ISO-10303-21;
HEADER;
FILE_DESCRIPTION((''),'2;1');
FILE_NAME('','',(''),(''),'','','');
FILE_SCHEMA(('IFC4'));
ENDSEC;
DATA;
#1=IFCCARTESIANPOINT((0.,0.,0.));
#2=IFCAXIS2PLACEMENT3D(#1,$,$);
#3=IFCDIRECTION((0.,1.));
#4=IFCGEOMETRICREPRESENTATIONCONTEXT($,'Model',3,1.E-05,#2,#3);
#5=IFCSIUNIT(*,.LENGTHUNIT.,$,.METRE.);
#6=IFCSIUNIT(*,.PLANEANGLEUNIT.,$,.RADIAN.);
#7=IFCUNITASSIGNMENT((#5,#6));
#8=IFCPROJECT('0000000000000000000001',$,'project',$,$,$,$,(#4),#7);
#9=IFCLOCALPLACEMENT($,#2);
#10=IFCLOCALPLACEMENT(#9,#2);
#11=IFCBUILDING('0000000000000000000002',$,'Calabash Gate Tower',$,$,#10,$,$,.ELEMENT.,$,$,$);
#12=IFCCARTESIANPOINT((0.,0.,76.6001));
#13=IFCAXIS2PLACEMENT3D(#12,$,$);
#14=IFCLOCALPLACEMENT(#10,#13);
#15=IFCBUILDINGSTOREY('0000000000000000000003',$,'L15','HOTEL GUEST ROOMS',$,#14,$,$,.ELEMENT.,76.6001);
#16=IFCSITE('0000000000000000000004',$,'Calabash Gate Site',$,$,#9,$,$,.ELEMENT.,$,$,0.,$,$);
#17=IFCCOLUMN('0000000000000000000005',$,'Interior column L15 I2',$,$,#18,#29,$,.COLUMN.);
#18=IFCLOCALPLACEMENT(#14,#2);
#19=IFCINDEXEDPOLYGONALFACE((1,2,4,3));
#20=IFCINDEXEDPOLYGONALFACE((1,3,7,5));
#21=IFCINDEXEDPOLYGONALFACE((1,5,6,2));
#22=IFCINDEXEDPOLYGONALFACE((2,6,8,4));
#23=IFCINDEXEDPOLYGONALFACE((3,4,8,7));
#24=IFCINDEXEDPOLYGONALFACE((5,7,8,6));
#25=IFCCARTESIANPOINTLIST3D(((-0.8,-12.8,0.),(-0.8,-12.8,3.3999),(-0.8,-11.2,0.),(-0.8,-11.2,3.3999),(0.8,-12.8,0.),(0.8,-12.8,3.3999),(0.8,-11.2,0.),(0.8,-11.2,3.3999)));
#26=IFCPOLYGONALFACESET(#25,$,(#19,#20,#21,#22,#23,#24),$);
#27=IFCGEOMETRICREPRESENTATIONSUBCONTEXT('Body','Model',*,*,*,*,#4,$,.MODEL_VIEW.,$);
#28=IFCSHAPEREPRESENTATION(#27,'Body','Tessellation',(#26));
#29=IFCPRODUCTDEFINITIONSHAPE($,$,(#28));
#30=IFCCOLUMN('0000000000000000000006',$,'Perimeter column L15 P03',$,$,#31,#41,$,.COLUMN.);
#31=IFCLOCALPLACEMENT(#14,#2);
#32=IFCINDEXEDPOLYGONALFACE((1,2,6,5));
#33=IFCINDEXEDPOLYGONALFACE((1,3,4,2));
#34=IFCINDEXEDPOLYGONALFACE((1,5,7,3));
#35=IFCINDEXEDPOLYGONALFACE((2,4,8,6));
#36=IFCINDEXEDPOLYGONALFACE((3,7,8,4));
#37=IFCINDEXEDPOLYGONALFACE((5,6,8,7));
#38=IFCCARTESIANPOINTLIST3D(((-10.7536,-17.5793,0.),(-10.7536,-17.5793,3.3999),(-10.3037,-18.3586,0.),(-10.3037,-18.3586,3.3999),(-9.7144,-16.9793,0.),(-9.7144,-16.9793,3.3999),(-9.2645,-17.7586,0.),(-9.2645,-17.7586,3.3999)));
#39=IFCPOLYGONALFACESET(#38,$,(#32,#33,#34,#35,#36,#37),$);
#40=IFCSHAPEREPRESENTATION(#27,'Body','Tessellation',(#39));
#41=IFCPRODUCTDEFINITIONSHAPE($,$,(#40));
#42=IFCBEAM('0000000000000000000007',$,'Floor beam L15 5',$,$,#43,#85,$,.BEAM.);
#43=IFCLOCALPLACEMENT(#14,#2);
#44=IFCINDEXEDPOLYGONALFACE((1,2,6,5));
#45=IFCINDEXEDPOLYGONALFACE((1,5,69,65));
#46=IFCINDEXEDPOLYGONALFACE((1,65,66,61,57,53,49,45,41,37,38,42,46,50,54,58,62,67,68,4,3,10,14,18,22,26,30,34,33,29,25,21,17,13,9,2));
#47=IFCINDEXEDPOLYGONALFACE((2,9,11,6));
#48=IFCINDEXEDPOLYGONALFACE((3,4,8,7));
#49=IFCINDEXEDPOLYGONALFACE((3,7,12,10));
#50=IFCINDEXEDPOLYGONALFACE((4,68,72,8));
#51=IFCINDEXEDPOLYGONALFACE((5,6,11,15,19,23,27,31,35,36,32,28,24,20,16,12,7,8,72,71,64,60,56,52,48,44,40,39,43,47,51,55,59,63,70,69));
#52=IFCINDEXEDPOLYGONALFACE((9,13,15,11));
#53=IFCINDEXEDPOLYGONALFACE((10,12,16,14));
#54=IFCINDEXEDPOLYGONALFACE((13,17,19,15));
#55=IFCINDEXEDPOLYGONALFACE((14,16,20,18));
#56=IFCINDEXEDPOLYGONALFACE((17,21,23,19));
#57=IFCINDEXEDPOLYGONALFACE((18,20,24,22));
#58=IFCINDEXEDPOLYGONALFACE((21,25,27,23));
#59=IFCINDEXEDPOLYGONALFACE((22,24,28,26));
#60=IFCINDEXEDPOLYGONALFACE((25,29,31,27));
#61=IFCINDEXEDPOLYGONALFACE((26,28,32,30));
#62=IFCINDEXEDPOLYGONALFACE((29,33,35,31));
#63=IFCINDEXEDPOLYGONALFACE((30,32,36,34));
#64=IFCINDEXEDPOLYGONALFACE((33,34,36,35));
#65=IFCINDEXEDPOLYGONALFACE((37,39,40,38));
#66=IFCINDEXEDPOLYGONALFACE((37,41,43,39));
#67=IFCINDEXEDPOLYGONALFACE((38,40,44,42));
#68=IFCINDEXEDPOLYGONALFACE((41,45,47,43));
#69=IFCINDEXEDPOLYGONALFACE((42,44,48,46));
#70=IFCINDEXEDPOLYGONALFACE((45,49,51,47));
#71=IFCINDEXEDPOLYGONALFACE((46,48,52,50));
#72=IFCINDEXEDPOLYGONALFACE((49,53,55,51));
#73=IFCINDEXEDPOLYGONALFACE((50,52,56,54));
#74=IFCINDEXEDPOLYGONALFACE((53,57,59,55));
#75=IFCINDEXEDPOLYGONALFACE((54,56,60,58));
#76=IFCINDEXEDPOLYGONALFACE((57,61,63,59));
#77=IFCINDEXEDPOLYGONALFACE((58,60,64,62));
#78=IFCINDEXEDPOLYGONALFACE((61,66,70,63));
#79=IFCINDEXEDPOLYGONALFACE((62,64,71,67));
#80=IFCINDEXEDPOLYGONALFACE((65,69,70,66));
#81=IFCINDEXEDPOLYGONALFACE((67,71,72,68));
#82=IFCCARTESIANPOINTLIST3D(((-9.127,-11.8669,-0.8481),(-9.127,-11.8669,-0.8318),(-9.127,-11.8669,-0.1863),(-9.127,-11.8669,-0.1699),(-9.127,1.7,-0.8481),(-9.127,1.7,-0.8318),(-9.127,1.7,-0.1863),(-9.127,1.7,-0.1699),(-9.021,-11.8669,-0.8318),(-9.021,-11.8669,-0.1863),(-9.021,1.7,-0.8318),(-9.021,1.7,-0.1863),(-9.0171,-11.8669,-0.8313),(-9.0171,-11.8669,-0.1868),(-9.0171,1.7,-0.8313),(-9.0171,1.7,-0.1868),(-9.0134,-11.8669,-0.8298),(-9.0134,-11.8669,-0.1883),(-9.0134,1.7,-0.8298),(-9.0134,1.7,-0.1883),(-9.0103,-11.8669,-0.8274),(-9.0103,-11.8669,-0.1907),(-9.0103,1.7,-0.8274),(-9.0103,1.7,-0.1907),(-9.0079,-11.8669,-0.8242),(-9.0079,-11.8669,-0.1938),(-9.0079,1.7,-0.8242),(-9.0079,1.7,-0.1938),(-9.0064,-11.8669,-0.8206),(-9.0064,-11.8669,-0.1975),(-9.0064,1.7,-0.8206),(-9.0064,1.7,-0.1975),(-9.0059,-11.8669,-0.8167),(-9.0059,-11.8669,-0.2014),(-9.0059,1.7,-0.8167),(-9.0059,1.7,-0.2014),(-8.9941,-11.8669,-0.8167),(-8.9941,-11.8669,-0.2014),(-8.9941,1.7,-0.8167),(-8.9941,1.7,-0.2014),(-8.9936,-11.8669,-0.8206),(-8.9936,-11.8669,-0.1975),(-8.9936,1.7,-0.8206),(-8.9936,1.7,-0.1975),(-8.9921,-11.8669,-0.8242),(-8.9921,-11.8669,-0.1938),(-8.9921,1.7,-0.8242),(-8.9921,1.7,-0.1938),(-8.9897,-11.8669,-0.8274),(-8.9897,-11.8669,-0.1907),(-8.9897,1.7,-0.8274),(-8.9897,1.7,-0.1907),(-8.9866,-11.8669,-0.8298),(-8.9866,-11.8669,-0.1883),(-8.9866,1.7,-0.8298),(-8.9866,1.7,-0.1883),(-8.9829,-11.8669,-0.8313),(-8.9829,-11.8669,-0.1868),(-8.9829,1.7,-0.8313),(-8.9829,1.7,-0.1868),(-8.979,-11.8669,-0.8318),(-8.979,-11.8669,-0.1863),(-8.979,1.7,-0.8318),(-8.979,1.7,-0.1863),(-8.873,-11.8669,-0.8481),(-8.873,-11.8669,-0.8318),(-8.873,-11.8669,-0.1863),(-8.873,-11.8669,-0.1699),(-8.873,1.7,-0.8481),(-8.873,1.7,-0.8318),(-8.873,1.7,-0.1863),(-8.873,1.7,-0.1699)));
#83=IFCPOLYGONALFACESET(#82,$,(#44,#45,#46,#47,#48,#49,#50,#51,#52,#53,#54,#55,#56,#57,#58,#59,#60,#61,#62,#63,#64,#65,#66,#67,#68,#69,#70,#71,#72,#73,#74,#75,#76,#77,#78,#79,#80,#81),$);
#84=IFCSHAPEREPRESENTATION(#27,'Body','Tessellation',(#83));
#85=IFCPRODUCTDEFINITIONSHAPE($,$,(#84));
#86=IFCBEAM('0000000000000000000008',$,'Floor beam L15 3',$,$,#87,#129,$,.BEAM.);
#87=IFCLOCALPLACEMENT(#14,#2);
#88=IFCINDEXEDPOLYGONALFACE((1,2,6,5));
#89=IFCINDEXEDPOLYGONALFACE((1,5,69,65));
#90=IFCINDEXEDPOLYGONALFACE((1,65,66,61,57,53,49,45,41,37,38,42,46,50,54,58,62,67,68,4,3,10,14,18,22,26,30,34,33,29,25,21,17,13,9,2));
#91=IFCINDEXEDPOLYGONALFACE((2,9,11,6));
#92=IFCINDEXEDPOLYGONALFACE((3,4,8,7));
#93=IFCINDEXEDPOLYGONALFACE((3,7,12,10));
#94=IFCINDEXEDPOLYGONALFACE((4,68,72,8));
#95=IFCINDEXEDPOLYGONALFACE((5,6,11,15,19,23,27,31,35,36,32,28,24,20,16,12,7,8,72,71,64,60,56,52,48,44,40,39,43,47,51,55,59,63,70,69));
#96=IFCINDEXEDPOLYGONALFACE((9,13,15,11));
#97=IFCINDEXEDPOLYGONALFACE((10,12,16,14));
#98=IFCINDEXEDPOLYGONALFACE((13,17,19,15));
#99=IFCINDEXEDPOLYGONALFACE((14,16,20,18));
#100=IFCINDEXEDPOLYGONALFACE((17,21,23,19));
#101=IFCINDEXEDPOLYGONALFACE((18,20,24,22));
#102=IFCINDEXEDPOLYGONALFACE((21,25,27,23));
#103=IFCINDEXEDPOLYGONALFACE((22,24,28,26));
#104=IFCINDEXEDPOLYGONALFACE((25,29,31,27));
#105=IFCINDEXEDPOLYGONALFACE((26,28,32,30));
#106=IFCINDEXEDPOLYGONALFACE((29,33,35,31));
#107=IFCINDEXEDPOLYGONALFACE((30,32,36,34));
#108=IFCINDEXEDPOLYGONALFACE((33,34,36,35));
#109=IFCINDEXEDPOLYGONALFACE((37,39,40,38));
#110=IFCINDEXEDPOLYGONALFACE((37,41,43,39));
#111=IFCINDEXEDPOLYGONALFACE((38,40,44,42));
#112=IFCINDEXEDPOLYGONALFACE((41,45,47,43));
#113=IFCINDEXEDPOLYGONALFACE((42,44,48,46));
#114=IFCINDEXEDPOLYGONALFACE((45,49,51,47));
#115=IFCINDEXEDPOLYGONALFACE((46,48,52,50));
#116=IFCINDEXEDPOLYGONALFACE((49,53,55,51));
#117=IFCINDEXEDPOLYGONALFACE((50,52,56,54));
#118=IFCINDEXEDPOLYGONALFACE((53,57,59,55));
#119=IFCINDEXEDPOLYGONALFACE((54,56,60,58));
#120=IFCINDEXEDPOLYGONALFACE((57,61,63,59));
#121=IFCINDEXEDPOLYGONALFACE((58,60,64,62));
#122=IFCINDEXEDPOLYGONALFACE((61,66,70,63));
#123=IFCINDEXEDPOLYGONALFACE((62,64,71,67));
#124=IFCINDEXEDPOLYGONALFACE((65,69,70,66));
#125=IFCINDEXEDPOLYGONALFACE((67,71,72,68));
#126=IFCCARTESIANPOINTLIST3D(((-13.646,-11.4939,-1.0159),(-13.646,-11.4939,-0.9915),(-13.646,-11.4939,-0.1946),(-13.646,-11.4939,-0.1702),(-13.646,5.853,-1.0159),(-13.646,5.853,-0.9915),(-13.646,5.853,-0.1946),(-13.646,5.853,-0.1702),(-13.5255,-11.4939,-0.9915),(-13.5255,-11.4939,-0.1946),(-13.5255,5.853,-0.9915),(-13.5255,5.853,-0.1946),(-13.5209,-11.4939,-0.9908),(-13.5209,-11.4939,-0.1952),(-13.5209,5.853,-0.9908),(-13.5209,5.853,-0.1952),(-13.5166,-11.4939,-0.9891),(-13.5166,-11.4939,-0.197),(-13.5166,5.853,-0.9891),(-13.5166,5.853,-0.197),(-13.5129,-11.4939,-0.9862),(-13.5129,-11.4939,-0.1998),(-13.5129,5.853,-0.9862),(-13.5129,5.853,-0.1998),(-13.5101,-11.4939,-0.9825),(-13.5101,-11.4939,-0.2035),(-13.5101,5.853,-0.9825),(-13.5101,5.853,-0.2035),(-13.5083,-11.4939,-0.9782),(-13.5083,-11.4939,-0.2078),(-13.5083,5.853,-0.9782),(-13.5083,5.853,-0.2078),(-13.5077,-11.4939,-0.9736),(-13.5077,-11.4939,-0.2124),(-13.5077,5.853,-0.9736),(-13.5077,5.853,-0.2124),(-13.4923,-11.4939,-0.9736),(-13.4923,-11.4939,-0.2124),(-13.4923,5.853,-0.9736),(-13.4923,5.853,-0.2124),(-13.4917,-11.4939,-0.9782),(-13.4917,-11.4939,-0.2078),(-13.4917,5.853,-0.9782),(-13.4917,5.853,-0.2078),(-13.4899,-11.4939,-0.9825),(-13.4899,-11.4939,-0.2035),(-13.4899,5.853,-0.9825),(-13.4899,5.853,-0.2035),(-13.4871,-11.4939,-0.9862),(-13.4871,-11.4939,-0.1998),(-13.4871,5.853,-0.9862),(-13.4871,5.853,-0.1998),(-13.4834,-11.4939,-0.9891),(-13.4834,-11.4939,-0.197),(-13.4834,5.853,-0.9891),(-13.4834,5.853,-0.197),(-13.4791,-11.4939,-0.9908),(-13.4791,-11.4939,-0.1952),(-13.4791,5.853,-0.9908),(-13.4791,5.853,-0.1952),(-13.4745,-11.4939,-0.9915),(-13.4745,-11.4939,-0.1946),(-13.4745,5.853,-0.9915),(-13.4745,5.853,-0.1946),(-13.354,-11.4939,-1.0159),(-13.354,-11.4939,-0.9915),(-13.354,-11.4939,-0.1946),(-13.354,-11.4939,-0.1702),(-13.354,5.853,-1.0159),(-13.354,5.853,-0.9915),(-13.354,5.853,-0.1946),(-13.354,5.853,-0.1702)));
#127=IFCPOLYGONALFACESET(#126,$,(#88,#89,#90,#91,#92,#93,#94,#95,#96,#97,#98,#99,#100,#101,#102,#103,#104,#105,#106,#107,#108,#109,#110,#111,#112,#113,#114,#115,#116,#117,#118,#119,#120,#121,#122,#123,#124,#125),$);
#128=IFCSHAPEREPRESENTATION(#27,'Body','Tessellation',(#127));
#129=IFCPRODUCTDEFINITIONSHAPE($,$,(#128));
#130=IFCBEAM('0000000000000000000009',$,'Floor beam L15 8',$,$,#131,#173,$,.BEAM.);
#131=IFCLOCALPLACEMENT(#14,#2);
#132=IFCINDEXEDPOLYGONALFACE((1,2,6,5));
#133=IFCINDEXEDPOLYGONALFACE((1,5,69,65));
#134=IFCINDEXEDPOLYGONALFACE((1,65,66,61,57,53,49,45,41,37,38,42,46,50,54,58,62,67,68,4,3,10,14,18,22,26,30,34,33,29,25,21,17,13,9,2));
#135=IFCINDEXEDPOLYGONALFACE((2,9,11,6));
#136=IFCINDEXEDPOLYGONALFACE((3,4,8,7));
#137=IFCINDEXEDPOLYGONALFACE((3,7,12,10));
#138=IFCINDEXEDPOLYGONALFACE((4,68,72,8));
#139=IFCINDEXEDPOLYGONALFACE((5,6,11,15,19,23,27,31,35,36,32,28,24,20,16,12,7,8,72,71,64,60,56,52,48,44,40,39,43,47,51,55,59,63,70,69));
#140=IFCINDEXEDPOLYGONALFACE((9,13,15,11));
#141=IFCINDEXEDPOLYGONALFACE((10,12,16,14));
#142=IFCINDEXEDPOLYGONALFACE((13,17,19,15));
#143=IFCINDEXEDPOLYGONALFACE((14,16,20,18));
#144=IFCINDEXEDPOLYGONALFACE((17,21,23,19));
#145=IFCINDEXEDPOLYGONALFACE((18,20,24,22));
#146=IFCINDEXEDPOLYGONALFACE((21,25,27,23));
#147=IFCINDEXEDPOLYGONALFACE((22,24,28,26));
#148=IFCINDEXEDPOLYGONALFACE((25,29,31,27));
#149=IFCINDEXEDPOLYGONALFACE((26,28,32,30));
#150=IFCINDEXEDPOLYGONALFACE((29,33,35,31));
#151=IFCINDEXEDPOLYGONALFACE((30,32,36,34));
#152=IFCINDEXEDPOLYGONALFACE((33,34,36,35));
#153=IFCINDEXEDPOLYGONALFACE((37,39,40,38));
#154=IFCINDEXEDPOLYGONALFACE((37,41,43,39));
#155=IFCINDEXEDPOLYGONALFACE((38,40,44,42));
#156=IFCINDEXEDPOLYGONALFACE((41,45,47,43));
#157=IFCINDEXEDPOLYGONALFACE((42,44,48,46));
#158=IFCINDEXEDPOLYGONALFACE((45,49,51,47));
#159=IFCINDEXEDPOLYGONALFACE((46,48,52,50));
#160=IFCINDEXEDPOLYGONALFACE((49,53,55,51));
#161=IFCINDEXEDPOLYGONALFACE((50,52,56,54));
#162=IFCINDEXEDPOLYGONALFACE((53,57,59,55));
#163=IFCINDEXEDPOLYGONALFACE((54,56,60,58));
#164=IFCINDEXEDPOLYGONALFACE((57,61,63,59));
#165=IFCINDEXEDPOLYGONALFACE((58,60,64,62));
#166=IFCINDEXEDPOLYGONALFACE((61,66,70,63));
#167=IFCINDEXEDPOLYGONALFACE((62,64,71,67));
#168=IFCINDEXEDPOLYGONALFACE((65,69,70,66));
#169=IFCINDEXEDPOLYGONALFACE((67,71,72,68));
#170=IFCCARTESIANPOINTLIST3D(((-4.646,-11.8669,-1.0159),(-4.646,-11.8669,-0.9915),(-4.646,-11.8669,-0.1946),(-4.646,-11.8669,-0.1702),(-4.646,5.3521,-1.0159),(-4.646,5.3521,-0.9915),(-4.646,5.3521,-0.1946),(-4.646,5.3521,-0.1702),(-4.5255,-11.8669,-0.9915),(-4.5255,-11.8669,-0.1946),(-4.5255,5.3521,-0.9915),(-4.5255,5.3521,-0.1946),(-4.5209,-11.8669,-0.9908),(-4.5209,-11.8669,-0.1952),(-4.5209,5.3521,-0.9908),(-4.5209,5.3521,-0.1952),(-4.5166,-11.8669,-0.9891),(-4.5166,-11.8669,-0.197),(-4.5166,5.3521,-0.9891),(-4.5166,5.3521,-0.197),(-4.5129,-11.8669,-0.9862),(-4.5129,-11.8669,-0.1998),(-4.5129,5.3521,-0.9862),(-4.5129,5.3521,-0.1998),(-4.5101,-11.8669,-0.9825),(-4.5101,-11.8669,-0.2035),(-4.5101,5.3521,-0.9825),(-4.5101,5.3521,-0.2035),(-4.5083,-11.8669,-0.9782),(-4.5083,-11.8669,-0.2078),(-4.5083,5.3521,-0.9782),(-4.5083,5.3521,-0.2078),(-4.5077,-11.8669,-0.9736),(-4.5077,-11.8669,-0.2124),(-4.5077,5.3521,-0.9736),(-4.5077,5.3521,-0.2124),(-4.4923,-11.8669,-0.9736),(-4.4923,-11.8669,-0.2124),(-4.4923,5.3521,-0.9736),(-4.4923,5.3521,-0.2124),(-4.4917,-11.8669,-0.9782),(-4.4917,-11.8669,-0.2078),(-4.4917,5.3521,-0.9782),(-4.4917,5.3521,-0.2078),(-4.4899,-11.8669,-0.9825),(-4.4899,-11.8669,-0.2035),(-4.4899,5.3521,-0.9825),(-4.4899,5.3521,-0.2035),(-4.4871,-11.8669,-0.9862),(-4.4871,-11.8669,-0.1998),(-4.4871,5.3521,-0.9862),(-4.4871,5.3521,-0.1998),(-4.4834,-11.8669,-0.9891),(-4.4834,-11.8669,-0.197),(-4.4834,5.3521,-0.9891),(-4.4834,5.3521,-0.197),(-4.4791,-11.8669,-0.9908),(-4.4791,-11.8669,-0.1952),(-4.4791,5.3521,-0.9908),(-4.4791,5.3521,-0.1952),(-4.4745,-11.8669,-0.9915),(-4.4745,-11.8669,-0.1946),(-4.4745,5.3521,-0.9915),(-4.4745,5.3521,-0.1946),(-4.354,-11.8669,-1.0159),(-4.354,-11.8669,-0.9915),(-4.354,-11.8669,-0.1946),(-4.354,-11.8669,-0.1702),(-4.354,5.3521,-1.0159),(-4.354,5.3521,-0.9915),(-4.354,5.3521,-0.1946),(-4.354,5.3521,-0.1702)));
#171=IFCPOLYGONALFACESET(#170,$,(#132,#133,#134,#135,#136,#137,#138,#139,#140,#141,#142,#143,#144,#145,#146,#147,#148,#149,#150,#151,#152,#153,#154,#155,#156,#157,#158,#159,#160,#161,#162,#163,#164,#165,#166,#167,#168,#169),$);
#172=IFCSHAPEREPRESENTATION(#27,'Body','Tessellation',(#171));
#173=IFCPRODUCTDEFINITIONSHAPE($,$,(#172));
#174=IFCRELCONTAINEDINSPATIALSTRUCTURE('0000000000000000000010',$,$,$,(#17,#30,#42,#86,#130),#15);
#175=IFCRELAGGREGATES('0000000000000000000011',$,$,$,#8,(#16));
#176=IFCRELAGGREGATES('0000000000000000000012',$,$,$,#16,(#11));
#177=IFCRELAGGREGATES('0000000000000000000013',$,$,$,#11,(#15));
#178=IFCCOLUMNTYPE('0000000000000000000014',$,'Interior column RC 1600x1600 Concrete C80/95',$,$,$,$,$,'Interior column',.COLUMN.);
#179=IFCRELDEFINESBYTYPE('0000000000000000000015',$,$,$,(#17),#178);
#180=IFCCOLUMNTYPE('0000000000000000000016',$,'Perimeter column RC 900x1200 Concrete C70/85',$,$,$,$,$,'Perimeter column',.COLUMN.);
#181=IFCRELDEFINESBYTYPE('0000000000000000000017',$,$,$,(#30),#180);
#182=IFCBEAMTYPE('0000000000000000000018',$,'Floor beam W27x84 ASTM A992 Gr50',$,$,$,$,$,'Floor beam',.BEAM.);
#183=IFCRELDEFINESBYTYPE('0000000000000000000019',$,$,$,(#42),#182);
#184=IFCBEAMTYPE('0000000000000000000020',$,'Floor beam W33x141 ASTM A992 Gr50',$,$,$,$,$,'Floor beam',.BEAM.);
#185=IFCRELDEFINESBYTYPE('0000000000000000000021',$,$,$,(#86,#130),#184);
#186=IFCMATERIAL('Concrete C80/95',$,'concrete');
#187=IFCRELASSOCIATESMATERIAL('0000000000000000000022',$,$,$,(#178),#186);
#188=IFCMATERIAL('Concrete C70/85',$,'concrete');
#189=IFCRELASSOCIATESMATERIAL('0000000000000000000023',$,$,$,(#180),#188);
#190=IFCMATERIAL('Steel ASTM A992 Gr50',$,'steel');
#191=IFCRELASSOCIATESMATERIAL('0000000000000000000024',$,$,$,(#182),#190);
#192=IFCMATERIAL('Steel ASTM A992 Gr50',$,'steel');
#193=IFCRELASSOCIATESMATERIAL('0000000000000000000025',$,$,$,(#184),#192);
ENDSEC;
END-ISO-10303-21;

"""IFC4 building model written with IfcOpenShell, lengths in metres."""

from ifc_helpers import new_model, si_unit, direction, frame, origin, origin_2d, place, context, subcontext, project, spatial, rectangle, i_section, extrude, material, material_profile, profile_set, type_object, element, save


model = new_model("IFC4")

# Units and contexts
model_context = context("Model", 3, precision=1e-05, world=origin(), true_north=direction((0.0, 1.0)))
body_context = subcontext(model_context, "Body", "Model", "MODEL_VIEW")
ifc_project = project(units=[si_unit("LENGTHUNIT", "METRE"), si_unit("PLANEANGLEUNIT", "RADIAN")], contexts=[model_context])

# Site, building, storey
site_placement = place(None, origin())
site = spatial("IfcSite", under=ifc_project, at=site_placement, Name="Calabash Gate Site", CompositionType="ELEMENT", RefElevation=0.0)
building_placement = place(site_placement, origin())
building = spatial("IfcBuilding", under=site, at=building_placement, Name="Calabash Gate Tower", CompositionType="ELEMENT")
storey_placement = place(building_placement, frame((0.0, 0.0, 76.6001)))
storey = spatial("IfcBuildingStorey", under=building, at=storey_placement, Name="L15", Description="HOTEL GUEST ROOMS", CompositionType="ELEMENT", Elevation=76.6001)

# Columns
ifc_material_1 = material(Name="Concrete C80/95", Category="concrete")
ifc_material_profile_1 = material_profile(ifc_material_1, rectangle(XDim=1.6001, YDim=1.6001, at=origin_2d()))
ifc_profile_set_1 = profile_set([ifc_material_profile_1], Name="Concrete C80/95")
column_type_1 = type_object("IfcColumnType", Name="Interior column RC 1600x1600 Concrete C80/95", ElementType="Interior column", PredefinedType="COLUMN", material=ifc_profile_set_1)
column_1_placement = place(storey_placement, frame((0.0, -12.0, 0.0), z_axis=(0.0, 0.0, 1.0), x_axis=(1.0, 0.0, 0.0)))
element("IfcColumn", 1, at=column_1_placement, inside=storey, type_object=column_type_1, Name="Interior column L15 I2", PredefinedType="COLUMN", context=body_context, shape_type="SweptSolid", body=[
    extrude(rectangle(XDim=1.6001, YDim=1.6001, at=origin_2d()), origin(), (0.0, 0.0, 1.0), 3.3999),
])
ifc_material_2 = material(Name="Concrete C70/85", Category="concrete")
ifc_material_profile_2 = material_profile(ifc_material_2, rectangle(XDim=0.8999, YDim=1.2, at=origin_2d()))
ifc_profile_set_2 = profile_set([ifc_material_profile_2], Name="Concrete C70/85")
column_type_2 = type_object("IfcColumnType", Name="Perimeter column RC 900x1200 Concrete C70/85", ElementType="Perimeter column", PredefinedType="COLUMN", material=ifc_profile_set_2)
column_2_placement = place(storey_placement, frame((-10.009, -17.6689, 0.0), z_axis=(0.0, 0.0, 1.0), x_axis=(0.5, -0.866025, 0.0)))
element("IfcColumn", 2, at=column_2_placement, inside=storey, type_object=column_type_2, Name="Perimeter column L15 P03", PredefinedType="COLUMN", context=body_context, shape_type="SweptSolid", body=[
    extrude(rectangle(XDim=0.8999, YDim=1.2, at=origin_2d()), origin(), (0.0, 0.0, 1.0), 3.3999),
])

# Beams
ifc_material_3 = material(Name="Steel ASTM A992 Gr50", Category="steel")
ifc_material_profile_3 = material_profile(ifc_material_3, i_section(OverallWidth=0.2539, OverallDepth=0.6782, WebThickness=0.0117, FlangeThickness=0.0164, FilletRadius=0.0151, at=origin_2d()))
ifc_profile_set_3 = profile_set([ifc_material_profile_3], Name="Steel ASTM A992 Gr50")
beam_type_1 = type_object("IfcBeamType", Name="Floor beam W27x84 ASTM A992 Gr50", ElementType="Floor beam", PredefinedType="BEAM", material=ifc_profile_set_3)
beam_1_placement = place(storey_placement, frame((-9.0, -11.8669, -0.509), z_axis=(0.0, 1.0, 0.0), x_axis=(-1.0, 0.0, 0.0)))
element("IfcBeam", 3, at=beam_1_placement, inside=storey, type_object=beam_type_1, Name="Floor beam L15 5", PredefinedType="BEAM", context=body_context, shape_type="SweptSolid", body=[
    extrude(i_section(OverallWidth=0.2539, OverallDepth=0.6782, WebThickness=0.0117, FlangeThickness=0.0164, FilletRadius=0.0151, at=origin_2d()), origin(), (0.0, 0.0, 1.0), 13.5669),
])
ifc_material_4 = material(Name="Steel ASTM A992 Gr50", Category="steel")
ifc_material_profile_4 = material_profile(ifc_material_4, i_section(OverallWidth=0.292, OverallDepth=0.8457, WebThickness=0.0154, FlangeThickness=0.0244, FilletRadius=0.0178, at=origin_2d()))
ifc_profile_set_4 = profile_set([ifc_material_profile_4], Name="Steel ASTM A992 Gr50")
beam_type_2 = type_object("IfcBeamType", Name="Floor beam W33x141 ASTM A992 Gr50", ElementType="Floor beam", PredefinedType="BEAM", material=ifc_profile_set_4)
beam_2_placement = place(storey_placement, frame((-13.5, -11.4939, -0.593), z_axis=(0.0, 1.0, 0.0), x_axis=(-1.0, 0.0, 0.0)))
element("IfcBeam", 4, at=beam_2_placement, inside=storey, type_object=beam_type_2, Name="Floor beam L15 3", PredefinedType="BEAM", context=body_context, shape_type="SweptSolid", body=[
    extrude(i_section(OverallWidth=0.292, OverallDepth=0.8457, WebThickness=0.0154, FlangeThickness=0.0244, FilletRadius=0.0178, at=origin_2d()), origin(), (0.0, 0.0, 1.0), 17.3469),
])
beam_3_placement = place(storey_placement, frame((-4.5, -11.8669, -0.593), z_axis=(0.0, 1.0, 0.0), x_axis=(-1.0, 0.0, 0.0)))
element("IfcBeam", 5, at=beam_3_placement, inside=storey, type_object=beam_type_2, Name="Floor beam L15 8", PredefinedType="BEAM", context=body_context, shape_type="SweptSolid", body=[
    extrude(i_section(OverallWidth=0.292, OverallDepth=0.8457, WebThickness=0.0154, FlangeThickness=0.0244, FilletRadius=0.0178, at=origin_2d()), origin(), (0.0, 0.0, 1.0), 17.219),
])

save(model, "model.ifc")
